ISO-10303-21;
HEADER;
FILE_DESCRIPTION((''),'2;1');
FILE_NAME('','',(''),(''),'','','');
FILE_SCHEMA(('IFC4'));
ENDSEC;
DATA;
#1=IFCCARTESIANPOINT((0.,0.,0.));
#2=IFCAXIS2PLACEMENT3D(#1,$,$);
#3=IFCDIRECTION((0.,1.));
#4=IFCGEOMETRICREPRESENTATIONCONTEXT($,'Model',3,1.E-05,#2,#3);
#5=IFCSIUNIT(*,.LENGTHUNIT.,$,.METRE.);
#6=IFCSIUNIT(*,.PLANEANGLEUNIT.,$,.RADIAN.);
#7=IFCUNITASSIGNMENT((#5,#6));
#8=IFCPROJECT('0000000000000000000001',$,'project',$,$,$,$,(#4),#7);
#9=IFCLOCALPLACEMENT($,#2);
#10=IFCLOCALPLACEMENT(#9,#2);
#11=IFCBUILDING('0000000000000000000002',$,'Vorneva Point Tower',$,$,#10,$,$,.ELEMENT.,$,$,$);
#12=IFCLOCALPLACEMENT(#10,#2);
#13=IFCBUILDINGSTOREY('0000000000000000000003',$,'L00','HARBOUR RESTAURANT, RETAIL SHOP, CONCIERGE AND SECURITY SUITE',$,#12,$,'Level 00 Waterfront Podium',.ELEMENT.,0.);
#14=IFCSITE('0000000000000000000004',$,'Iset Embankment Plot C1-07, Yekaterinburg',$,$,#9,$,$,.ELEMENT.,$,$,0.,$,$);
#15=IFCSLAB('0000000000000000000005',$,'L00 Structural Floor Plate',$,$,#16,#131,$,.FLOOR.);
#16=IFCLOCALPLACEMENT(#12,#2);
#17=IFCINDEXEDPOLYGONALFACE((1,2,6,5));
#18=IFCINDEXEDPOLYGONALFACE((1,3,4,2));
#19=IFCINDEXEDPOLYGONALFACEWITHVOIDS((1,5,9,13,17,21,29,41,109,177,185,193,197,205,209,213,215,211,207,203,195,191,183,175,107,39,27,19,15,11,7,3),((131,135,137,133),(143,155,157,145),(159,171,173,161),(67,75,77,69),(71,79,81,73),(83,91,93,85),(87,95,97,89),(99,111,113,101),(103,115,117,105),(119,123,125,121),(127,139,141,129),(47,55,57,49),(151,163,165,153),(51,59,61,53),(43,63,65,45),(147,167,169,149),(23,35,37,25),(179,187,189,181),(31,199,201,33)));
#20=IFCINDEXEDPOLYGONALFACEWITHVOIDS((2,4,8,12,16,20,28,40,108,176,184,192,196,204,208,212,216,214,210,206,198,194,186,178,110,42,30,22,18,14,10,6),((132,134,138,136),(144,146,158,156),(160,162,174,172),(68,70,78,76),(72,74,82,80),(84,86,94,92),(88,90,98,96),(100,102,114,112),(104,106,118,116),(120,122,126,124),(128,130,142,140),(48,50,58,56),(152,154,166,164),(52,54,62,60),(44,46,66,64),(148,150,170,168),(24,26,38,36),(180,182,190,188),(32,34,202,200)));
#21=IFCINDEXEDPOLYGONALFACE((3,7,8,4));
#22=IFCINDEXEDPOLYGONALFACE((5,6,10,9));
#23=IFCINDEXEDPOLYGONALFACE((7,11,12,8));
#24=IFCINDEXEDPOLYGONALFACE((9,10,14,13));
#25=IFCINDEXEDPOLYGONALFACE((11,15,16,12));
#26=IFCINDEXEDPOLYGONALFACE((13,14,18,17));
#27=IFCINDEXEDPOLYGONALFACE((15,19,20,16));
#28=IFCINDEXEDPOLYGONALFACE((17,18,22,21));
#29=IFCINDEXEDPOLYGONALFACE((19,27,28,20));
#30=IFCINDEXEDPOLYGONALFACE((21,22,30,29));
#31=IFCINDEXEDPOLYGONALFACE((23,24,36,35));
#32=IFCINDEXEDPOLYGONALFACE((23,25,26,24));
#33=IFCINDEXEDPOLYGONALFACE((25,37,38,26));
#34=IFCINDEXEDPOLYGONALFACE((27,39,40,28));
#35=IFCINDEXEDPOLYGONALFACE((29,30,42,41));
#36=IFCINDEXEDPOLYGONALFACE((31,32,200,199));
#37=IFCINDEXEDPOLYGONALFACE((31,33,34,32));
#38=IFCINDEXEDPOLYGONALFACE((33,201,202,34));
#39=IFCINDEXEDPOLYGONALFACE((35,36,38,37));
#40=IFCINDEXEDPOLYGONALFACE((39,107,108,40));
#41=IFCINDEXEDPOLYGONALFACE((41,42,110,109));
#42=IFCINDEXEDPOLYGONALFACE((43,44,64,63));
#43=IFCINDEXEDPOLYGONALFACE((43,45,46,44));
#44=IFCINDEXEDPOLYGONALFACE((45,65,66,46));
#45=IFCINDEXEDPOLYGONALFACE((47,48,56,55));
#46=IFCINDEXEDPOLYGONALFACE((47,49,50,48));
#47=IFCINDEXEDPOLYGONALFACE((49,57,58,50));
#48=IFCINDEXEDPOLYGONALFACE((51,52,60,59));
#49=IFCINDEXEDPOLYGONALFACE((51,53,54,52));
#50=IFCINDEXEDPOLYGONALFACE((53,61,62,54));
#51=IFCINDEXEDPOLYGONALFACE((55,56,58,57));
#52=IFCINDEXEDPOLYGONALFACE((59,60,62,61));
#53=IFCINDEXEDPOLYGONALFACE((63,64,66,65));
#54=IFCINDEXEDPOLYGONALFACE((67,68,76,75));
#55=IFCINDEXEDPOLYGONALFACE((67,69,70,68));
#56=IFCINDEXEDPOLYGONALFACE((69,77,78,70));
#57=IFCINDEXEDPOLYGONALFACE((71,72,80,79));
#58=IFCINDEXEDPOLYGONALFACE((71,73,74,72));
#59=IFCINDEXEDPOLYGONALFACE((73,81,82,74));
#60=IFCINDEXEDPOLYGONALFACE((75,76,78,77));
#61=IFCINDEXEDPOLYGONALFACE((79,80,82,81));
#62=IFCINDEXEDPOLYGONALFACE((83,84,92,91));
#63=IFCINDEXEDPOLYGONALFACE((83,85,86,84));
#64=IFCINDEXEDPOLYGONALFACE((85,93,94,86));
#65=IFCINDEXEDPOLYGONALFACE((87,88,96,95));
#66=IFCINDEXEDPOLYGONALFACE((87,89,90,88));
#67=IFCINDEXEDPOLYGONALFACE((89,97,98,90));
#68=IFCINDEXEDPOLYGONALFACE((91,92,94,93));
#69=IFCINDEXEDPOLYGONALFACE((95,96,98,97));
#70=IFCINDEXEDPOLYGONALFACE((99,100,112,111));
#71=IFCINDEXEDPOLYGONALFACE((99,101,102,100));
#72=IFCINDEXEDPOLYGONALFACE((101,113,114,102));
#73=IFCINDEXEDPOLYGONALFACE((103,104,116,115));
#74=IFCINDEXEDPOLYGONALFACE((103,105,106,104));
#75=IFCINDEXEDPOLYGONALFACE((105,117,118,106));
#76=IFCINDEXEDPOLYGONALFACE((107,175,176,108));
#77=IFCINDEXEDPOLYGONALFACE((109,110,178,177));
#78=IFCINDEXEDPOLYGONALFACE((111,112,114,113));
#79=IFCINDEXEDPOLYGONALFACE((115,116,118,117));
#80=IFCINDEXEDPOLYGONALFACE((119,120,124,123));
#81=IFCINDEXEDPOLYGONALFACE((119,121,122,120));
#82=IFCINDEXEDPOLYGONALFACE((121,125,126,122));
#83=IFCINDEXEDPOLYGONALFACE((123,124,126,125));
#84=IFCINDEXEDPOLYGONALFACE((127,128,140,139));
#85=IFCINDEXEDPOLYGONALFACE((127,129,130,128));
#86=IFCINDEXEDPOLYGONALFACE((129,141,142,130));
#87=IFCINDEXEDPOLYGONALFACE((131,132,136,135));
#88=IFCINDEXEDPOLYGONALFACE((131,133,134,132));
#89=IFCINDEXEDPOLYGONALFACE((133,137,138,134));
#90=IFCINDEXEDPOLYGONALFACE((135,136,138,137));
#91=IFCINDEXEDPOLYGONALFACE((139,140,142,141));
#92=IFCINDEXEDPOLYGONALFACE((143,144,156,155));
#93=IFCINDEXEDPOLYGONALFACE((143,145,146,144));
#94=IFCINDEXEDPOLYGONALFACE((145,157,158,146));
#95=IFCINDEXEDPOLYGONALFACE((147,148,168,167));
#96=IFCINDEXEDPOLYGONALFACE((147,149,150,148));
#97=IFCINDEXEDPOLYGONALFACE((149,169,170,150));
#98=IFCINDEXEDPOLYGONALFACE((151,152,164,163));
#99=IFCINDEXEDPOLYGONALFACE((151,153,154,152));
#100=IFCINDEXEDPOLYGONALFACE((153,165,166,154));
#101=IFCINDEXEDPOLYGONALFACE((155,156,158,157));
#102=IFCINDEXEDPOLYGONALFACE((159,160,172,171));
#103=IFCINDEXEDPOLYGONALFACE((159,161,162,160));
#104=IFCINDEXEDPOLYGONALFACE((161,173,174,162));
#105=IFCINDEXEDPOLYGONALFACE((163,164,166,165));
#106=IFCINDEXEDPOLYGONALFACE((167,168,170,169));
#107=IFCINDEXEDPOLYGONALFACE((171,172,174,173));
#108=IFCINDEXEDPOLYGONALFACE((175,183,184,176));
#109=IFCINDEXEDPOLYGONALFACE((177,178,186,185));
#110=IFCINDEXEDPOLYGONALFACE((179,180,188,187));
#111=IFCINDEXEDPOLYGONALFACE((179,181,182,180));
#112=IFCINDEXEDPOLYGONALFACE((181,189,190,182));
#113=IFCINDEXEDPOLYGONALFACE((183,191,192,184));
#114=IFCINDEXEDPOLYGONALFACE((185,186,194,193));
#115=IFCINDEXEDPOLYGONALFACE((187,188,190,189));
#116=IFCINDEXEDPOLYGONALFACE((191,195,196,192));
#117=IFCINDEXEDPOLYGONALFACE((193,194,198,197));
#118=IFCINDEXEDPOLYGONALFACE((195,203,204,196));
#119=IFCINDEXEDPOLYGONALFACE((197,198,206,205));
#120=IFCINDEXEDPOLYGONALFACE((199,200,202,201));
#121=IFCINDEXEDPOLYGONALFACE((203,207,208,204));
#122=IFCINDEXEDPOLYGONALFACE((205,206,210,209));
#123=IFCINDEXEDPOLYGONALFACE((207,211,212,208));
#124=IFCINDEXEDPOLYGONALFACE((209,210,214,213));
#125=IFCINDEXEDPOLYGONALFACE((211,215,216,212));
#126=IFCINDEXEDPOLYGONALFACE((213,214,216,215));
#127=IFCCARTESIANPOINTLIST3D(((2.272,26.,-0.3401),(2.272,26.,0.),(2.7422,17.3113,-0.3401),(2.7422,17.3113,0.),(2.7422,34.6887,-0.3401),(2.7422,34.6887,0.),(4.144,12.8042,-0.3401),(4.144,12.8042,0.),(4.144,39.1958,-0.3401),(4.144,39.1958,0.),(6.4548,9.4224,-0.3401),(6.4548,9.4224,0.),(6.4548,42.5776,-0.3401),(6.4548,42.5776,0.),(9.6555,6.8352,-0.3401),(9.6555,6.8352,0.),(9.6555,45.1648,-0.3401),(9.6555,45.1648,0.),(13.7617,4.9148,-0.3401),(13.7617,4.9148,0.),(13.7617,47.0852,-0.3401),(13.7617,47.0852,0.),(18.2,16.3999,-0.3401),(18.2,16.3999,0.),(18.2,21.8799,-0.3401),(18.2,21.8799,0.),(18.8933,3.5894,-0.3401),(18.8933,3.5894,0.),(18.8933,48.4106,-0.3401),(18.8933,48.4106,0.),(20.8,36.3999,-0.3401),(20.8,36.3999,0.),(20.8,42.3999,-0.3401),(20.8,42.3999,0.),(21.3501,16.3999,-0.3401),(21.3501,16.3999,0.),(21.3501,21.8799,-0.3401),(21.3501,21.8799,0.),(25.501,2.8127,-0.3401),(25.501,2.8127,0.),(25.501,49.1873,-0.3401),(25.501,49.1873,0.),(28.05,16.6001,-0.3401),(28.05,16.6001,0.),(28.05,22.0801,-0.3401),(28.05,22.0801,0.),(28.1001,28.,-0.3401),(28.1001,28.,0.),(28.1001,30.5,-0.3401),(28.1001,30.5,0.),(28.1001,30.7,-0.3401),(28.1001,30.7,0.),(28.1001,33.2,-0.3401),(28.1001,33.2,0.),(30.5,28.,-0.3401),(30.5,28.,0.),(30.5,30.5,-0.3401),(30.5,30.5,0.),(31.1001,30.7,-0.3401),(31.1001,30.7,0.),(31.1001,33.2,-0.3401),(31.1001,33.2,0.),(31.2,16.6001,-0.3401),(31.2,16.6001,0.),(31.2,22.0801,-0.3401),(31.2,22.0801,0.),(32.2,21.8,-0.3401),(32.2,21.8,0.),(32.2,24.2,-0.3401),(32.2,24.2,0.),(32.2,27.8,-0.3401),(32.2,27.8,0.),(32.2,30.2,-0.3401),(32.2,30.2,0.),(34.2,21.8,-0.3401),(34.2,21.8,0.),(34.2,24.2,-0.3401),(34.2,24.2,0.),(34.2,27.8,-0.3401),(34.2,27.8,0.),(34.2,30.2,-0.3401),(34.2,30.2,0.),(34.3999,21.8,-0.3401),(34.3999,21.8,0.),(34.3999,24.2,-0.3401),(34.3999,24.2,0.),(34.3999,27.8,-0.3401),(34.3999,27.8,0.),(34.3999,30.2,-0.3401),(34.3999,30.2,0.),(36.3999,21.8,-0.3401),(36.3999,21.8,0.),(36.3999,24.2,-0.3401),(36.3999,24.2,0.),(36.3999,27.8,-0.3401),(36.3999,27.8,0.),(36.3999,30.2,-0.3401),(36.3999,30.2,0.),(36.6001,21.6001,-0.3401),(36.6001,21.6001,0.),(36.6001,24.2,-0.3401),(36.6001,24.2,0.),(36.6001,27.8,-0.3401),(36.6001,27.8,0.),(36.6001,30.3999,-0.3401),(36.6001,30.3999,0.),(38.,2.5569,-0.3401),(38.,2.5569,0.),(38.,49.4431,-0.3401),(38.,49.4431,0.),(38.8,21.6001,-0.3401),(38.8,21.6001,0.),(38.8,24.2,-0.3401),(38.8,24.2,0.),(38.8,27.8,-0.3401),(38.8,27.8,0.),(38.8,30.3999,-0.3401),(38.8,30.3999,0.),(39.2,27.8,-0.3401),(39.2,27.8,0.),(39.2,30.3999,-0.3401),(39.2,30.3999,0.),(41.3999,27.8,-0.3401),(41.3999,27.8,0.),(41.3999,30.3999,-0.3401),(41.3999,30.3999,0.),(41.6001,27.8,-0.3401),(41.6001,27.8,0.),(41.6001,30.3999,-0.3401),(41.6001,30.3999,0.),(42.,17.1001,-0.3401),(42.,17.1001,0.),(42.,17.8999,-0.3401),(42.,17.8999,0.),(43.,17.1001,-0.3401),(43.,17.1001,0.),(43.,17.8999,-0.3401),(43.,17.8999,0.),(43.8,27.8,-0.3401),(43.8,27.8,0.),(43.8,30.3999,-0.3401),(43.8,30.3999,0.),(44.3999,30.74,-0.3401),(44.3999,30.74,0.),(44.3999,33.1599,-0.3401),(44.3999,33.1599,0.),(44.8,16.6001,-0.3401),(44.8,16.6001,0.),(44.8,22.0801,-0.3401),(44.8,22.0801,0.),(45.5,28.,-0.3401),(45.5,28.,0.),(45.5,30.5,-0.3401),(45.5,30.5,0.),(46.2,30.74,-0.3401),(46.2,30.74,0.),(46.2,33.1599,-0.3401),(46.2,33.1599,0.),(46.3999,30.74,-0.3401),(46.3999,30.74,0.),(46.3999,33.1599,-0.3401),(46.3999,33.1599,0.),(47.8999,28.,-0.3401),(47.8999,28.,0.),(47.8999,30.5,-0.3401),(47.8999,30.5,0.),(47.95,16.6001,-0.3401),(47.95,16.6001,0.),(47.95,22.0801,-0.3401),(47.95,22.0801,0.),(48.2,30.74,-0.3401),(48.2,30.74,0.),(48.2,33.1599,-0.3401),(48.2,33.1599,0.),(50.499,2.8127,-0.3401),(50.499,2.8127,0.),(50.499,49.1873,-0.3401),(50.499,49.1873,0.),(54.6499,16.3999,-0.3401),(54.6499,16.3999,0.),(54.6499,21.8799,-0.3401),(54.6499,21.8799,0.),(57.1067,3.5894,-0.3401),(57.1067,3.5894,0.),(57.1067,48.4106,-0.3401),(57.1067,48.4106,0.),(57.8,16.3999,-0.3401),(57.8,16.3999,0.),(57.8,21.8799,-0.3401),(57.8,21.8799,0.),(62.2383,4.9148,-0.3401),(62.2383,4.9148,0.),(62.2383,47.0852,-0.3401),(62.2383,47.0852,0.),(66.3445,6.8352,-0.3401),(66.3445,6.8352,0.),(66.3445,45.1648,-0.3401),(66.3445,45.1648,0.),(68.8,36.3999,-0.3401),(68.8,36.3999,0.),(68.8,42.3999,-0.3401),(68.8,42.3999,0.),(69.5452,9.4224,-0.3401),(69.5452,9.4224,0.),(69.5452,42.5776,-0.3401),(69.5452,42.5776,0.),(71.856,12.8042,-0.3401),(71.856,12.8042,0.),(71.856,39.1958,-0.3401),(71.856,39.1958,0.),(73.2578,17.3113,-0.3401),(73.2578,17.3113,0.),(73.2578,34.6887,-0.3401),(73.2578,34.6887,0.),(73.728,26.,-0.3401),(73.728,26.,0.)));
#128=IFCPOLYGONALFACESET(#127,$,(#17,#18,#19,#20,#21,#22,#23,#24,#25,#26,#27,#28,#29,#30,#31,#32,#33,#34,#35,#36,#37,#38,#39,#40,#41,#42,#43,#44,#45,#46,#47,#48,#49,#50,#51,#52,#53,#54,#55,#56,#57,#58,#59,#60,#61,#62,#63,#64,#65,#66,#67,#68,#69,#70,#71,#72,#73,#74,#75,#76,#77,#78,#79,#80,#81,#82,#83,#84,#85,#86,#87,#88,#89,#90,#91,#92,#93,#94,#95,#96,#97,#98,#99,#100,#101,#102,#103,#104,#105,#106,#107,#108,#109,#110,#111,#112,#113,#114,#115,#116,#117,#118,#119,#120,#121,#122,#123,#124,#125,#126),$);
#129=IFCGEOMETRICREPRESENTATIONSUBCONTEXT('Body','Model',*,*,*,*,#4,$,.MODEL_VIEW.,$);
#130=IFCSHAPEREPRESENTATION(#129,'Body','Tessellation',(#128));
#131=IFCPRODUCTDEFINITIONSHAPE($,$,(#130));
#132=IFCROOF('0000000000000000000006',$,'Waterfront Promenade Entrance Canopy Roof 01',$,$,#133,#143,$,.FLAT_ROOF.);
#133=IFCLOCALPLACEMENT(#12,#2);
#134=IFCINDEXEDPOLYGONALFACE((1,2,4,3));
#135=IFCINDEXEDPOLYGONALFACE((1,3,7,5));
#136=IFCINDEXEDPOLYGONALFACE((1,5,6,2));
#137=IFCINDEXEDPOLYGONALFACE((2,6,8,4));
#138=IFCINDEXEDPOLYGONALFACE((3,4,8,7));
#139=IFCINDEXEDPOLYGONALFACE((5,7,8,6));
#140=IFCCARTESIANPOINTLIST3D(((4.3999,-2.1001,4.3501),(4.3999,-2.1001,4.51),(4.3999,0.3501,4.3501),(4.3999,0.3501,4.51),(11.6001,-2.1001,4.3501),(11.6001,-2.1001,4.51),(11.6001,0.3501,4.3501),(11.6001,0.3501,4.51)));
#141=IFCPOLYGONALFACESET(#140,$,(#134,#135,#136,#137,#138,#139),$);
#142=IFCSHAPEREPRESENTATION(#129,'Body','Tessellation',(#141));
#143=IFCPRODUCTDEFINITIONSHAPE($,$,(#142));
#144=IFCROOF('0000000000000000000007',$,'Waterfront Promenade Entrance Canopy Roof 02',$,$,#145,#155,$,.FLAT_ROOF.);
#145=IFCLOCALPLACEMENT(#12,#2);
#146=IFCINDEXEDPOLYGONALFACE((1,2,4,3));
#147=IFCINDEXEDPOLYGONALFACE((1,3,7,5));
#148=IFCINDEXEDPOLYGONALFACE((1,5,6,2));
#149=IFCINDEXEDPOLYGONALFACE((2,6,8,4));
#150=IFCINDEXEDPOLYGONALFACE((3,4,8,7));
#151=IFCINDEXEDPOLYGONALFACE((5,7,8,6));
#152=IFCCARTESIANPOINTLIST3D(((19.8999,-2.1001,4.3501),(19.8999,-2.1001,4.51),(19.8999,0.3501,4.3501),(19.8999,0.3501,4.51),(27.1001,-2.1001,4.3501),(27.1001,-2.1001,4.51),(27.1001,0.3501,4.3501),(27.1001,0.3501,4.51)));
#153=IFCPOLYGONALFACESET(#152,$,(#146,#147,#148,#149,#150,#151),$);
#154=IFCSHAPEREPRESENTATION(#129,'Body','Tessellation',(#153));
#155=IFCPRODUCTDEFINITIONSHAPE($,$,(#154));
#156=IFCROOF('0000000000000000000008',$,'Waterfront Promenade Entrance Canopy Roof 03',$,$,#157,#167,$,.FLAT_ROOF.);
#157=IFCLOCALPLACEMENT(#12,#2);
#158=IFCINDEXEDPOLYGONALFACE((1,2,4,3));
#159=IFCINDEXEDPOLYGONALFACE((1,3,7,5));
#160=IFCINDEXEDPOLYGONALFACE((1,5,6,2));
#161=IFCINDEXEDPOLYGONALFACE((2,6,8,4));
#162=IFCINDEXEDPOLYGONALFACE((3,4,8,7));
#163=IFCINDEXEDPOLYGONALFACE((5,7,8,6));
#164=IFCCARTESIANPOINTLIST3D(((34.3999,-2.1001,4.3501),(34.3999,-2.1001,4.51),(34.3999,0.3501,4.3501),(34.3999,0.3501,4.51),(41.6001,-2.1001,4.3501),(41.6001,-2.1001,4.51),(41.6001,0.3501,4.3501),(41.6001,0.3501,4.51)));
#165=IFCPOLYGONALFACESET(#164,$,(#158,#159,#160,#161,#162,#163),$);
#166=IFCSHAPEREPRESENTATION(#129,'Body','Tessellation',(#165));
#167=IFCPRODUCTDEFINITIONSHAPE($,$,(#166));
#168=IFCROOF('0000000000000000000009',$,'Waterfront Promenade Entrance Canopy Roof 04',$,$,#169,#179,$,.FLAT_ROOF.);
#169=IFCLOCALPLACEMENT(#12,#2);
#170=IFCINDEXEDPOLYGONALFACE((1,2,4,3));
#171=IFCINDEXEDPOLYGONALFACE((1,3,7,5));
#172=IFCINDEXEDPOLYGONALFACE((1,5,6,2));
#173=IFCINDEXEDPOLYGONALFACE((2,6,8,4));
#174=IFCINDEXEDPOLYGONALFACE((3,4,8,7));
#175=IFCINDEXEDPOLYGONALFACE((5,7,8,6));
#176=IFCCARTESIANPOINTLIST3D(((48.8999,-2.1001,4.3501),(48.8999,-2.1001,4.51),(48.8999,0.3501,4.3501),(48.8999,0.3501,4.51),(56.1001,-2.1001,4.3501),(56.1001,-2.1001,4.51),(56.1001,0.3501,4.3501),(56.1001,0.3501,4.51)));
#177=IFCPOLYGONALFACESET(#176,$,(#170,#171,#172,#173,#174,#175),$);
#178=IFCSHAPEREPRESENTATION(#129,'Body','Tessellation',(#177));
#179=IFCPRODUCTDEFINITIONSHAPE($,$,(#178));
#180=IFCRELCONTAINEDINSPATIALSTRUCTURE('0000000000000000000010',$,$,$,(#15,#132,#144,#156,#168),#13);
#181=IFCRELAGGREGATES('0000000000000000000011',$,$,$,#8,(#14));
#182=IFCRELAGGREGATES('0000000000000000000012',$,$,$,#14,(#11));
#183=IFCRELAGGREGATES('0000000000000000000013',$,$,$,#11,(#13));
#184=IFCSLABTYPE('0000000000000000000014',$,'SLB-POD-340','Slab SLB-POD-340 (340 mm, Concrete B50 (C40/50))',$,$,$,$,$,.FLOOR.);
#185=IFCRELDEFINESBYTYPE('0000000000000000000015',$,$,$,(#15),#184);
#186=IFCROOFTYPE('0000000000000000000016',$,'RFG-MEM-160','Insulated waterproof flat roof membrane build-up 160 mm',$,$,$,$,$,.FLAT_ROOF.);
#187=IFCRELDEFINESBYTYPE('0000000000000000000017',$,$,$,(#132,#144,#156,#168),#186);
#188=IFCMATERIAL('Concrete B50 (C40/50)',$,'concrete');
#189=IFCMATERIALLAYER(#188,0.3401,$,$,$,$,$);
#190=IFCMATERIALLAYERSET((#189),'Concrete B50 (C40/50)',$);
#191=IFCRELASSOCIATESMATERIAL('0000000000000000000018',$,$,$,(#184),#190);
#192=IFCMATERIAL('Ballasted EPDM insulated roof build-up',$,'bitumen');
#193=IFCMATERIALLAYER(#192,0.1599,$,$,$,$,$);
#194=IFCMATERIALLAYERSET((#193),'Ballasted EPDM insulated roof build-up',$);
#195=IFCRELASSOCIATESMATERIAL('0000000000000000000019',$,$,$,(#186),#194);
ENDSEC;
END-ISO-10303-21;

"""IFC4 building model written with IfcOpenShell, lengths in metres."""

from ifc_helpers import new_model, si_unit, direction, frame, origin, place, context, subcontext, project, spatial, polyline, outline, extrude, material, layer, layer_set, type_object, element, save


model = new_model("IFC4")

# Units and contexts
model_context = context("Model", 3, precision=1e-05, world=origin(), true_north=direction((0.0, 1.0)))
body_context = subcontext(model_context, "Body", "Model", "MODEL_VIEW")
ifc_project = project(units=[si_unit("LENGTHUNIT", "METRE"), si_unit("PLANEANGLEUNIT", "RADIAN")], contexts=[model_context])

# Site, building, storey
site_placement = place(None, origin())
site = spatial("IfcSite", under=ifc_project, at=site_placement, Name="Iset Embankment Plot C1-07, Yekaterinburg", CompositionType="ELEMENT", RefElevation=0.0)
building_placement = place(site_placement, origin())
building = spatial("IfcBuilding", under=site, at=building_placement, Name="Vorneva Point Tower", CompositionType="ELEMENT")
storey_placement = place(building_placement, origin())
storey = spatial("IfcBuildingStorey", under=building, at=storey_placement, Name="L00", Description="HARBOUR RESTAURANT, RETAIL SHOP, CONCIERGE AND SECURITY SUITE", LongName="Level 00 Waterfront Podium", CompositionType="ELEMENT", Elevation=0.0)

# Shared definitions
ifc_material_1 = material(Name="Concrete B50 (C40/50)", Category="concrete")

# Slab
ifc_layer_1 = layer(ifc_material_1, 0.3401)
ifc_layer_set_1 = layer_set([ifc_layer_1], Name="Concrete B50 (C40/50)")
slab_type_1 = type_object("IfcSlabType", Name="SLB-POD-340", Description="Slab SLB-POD-340 (340 mm, Concrete B50 (C40/50))", PredefinedType="FLOOR", material=ifc_layer_set_1)
slab_1_placement = place(storey_placement, frame((0.0, 0.0, -0.3401)))
element("IfcSlab", 1, at=slab_1_placement, inside=storey, type_object=slab_type_1, Name="L00 Structural Floor Plate", PredefinedType="FLOOR", context=body_context, shape_type="SweptSolid", body=[
    extrude(outline(polyline([(73.728, 26.0), (73.2578, 34.6887), (71.856, 39.1958), (69.5452, 42.5776), (66.3445, 45.1648), (62.2383, 47.0852), (57.1067, 48.4106), (50.499, 49.1873), (38.0, 49.4431), (25.501, 49.1873), (18.8933, 48.4106), (13.7617, 47.0852), (9.6555, 45.1648), (6.4548, 42.5776), (4.144, 39.1958), (2.7422, 34.6887), (2.272, 26.0), (2.7422, 17.3113), (4.144, 12.8042), (6.4548, 9.4224), (9.6555, 6.8352), (13.7617, 4.9148), (18.8933, 3.5894), (25.501, 2.8127), (38.0, 2.5569), (50.499, 2.8127), (57.1067, 3.5894), (62.2383, 4.9148), (66.3445, 6.8352), (69.5452, 9.4224), (71.856, 12.8042), (73.2578, 17.3113), (73.728, 26.0)]), holes=[polyline([(32.2, 27.8), (34.2, 27.8), (34.2, 30.2), (32.2, 30.2), (32.2, 27.8)]), polyline([(34.3999, 27.8), (36.3999, 27.8), (36.3999, 30.2), (34.3999, 30.2), (34.3999, 27.8)]), polyline([(36.6001, 27.8), (38.8, 27.8), (38.8, 30.3999), (36.6001, 30.3999), (36.6001, 27.8)]), polyline([(32.2, 21.8), (34.2, 21.8), (34.2, 24.2), (32.2, 24.2), (32.2, 21.8)]), polyline([(34.3999, 21.8), (36.3999, 21.8), (36.3999, 24.2), (34.3999, 24.2), (34.3999, 21.8)]), polyline([(36.6001, 21.6001), (38.8, 21.6001), (38.8, 24.2), (36.6001, 24.2), (36.6001, 21.6001)]), polyline([(39.2, 27.8), (41.3999, 27.8), (41.3999, 30.3999), (39.2, 30.3999), (39.2, 27.8)]), polyline([(41.6001, 27.8), (43.8, 27.8), (43.8, 30.3999), (41.6001, 30.3999), (41.6001, 27.8)]), polyline([(44.3999, 30.74), (46.2, 30.74), (46.2, 33.1599), (44.3999, 33.1599), (44.3999, 30.74)]), polyline([(46.3999, 30.74), (48.2, 30.74), (48.2, 33.1599), (46.3999, 33.1599), (46.3999, 30.74)]), polyline([(28.1001, 28.0), (30.5, 28.0), (30.5, 30.5), (28.1001, 30.5), (28.1001, 28.0)]), polyline([(45.5, 28.0), (47.8999, 28.0), (47.8999, 30.5), (45.5, 30.5), (45.5, 28.0)]), polyline([(28.1001, 30.7), (31.1001, 30.7), (31.1001, 33.2), (28.1001, 33.2), (28.1001, 30.7)]), polyline([(28.05, 16.6001), (31.2, 16.6001), (31.2, 22.0801), (28.05, 22.0801), (28.05, 16.6001)]), polyline([(44.8, 16.6001), (47.95, 16.6001), (47.95, 22.0801), (44.8, 22.0801), (44.8, 16.6001)]), polyline([(18.2, 16.3999), (21.3501, 16.3999), (21.3501, 21.8799), (18.2, 21.8799), (18.2, 16.3999)]), polyline([(54.6499, 16.3999), (57.8, 16.3999), (57.8, 21.8799), (54.6499, 21.8799), (54.6499, 16.3999)]), polyline([(42.0, 17.1001), (43.0, 17.1001), (43.0, 17.8999), (42.0, 17.8999), (42.0, 17.1001)]), polyline([(20.8, 36.3999), (68.8, 36.3999), (68.8, 42.3999), (20.8, 42.3999), (20.8, 36.3999)])]), origin(), (0.0, 0.0, 1.0), 0.3401),
])

# Roofs
ifc_material_2 = material(Name="Ballasted EPDM insulated roof build-up", Category="bitumen")
ifc_layer_2 = layer(ifc_material_2, 0.1599)
ifc_layer_set_2 = layer_set([ifc_layer_2], Name="Ballasted EPDM insulated roof build-up")
roof_type = type_object("IfcRoofType", Name="RFG-MEM-160", Description="Insulated waterproof flat roof membrane build-up 160 mm", PredefinedType="FLAT_ROOF", material=ifc_layer_set_2)
roof_1_placement = place(storey_placement, frame((0.0, 0.0, 4.3501)))
element("IfcRoof", 2, at=roof_1_placement, inside=storey, type_object=roof_type, Name="Waterfront Promenade Entrance Canopy Roof 01", PredefinedType="FLAT_ROOF", context=body_context, shape_type="SweptSolid", body=[
    extrude(outline(polyline([(4.3999, -2.1001), (11.6001, -2.1001), (11.6001, 0.3501), (4.3999, 0.3501), (4.3999, -2.1001)])), origin(), (0.0, 0.0, 1.0), 0.1599),
])
roof_2_placement = place(storey_placement, frame((0.0, 0.0, 4.3501)))
element("IfcRoof", 3, at=roof_2_placement, inside=storey, type_object=roof_type, Name="Waterfront Promenade Entrance Canopy Roof 02", PredefinedType="FLAT_ROOF", context=body_context, shape_type="SweptSolid", body=[
    extrude(outline(polyline([(19.8999, -2.1001), (27.1001, -2.1001), (27.1001, 0.3501), (19.8999, 0.3501), (19.8999, -2.1001)])), origin(), (0.0, 0.0, 1.0), 0.1599),
])
roof_3_placement = place(storey_placement, frame((0.0, 0.0, 4.3501)))
element("IfcRoof", 4, at=roof_3_placement, inside=storey, type_object=roof_type, Name="Waterfront Promenade Entrance Canopy Roof 03", PredefinedType="FLAT_ROOF", context=body_context, shape_type="SweptSolid", body=[
    extrude(outline(polyline([(34.3999, -2.1001), (41.6001, -2.1001), (41.6001, 0.3501), (34.3999, 0.3501), (34.3999, -2.1001)])), origin(), (0.0, 0.0, 1.0), 0.1599),
])
roof_4_placement = place(storey_placement, frame((0.0, 0.0, 4.3501)))
element("IfcRoof", 5, at=roof_4_placement, inside=storey, type_object=roof_type, Name="Waterfront Promenade Entrance Canopy Roof 04", PredefinedType="FLAT_ROOF", context=body_context, shape_type="SweptSolid", body=[
    extrude(outline(polyline([(48.8999, -2.1001), (56.1001, -2.1001), (56.1001, 0.3501), (48.8999, 0.3501), (48.8999, -2.1001)])), origin(), (0.0, 0.0, 1.0), 0.1599),
])

save(model, "model.ifc")
